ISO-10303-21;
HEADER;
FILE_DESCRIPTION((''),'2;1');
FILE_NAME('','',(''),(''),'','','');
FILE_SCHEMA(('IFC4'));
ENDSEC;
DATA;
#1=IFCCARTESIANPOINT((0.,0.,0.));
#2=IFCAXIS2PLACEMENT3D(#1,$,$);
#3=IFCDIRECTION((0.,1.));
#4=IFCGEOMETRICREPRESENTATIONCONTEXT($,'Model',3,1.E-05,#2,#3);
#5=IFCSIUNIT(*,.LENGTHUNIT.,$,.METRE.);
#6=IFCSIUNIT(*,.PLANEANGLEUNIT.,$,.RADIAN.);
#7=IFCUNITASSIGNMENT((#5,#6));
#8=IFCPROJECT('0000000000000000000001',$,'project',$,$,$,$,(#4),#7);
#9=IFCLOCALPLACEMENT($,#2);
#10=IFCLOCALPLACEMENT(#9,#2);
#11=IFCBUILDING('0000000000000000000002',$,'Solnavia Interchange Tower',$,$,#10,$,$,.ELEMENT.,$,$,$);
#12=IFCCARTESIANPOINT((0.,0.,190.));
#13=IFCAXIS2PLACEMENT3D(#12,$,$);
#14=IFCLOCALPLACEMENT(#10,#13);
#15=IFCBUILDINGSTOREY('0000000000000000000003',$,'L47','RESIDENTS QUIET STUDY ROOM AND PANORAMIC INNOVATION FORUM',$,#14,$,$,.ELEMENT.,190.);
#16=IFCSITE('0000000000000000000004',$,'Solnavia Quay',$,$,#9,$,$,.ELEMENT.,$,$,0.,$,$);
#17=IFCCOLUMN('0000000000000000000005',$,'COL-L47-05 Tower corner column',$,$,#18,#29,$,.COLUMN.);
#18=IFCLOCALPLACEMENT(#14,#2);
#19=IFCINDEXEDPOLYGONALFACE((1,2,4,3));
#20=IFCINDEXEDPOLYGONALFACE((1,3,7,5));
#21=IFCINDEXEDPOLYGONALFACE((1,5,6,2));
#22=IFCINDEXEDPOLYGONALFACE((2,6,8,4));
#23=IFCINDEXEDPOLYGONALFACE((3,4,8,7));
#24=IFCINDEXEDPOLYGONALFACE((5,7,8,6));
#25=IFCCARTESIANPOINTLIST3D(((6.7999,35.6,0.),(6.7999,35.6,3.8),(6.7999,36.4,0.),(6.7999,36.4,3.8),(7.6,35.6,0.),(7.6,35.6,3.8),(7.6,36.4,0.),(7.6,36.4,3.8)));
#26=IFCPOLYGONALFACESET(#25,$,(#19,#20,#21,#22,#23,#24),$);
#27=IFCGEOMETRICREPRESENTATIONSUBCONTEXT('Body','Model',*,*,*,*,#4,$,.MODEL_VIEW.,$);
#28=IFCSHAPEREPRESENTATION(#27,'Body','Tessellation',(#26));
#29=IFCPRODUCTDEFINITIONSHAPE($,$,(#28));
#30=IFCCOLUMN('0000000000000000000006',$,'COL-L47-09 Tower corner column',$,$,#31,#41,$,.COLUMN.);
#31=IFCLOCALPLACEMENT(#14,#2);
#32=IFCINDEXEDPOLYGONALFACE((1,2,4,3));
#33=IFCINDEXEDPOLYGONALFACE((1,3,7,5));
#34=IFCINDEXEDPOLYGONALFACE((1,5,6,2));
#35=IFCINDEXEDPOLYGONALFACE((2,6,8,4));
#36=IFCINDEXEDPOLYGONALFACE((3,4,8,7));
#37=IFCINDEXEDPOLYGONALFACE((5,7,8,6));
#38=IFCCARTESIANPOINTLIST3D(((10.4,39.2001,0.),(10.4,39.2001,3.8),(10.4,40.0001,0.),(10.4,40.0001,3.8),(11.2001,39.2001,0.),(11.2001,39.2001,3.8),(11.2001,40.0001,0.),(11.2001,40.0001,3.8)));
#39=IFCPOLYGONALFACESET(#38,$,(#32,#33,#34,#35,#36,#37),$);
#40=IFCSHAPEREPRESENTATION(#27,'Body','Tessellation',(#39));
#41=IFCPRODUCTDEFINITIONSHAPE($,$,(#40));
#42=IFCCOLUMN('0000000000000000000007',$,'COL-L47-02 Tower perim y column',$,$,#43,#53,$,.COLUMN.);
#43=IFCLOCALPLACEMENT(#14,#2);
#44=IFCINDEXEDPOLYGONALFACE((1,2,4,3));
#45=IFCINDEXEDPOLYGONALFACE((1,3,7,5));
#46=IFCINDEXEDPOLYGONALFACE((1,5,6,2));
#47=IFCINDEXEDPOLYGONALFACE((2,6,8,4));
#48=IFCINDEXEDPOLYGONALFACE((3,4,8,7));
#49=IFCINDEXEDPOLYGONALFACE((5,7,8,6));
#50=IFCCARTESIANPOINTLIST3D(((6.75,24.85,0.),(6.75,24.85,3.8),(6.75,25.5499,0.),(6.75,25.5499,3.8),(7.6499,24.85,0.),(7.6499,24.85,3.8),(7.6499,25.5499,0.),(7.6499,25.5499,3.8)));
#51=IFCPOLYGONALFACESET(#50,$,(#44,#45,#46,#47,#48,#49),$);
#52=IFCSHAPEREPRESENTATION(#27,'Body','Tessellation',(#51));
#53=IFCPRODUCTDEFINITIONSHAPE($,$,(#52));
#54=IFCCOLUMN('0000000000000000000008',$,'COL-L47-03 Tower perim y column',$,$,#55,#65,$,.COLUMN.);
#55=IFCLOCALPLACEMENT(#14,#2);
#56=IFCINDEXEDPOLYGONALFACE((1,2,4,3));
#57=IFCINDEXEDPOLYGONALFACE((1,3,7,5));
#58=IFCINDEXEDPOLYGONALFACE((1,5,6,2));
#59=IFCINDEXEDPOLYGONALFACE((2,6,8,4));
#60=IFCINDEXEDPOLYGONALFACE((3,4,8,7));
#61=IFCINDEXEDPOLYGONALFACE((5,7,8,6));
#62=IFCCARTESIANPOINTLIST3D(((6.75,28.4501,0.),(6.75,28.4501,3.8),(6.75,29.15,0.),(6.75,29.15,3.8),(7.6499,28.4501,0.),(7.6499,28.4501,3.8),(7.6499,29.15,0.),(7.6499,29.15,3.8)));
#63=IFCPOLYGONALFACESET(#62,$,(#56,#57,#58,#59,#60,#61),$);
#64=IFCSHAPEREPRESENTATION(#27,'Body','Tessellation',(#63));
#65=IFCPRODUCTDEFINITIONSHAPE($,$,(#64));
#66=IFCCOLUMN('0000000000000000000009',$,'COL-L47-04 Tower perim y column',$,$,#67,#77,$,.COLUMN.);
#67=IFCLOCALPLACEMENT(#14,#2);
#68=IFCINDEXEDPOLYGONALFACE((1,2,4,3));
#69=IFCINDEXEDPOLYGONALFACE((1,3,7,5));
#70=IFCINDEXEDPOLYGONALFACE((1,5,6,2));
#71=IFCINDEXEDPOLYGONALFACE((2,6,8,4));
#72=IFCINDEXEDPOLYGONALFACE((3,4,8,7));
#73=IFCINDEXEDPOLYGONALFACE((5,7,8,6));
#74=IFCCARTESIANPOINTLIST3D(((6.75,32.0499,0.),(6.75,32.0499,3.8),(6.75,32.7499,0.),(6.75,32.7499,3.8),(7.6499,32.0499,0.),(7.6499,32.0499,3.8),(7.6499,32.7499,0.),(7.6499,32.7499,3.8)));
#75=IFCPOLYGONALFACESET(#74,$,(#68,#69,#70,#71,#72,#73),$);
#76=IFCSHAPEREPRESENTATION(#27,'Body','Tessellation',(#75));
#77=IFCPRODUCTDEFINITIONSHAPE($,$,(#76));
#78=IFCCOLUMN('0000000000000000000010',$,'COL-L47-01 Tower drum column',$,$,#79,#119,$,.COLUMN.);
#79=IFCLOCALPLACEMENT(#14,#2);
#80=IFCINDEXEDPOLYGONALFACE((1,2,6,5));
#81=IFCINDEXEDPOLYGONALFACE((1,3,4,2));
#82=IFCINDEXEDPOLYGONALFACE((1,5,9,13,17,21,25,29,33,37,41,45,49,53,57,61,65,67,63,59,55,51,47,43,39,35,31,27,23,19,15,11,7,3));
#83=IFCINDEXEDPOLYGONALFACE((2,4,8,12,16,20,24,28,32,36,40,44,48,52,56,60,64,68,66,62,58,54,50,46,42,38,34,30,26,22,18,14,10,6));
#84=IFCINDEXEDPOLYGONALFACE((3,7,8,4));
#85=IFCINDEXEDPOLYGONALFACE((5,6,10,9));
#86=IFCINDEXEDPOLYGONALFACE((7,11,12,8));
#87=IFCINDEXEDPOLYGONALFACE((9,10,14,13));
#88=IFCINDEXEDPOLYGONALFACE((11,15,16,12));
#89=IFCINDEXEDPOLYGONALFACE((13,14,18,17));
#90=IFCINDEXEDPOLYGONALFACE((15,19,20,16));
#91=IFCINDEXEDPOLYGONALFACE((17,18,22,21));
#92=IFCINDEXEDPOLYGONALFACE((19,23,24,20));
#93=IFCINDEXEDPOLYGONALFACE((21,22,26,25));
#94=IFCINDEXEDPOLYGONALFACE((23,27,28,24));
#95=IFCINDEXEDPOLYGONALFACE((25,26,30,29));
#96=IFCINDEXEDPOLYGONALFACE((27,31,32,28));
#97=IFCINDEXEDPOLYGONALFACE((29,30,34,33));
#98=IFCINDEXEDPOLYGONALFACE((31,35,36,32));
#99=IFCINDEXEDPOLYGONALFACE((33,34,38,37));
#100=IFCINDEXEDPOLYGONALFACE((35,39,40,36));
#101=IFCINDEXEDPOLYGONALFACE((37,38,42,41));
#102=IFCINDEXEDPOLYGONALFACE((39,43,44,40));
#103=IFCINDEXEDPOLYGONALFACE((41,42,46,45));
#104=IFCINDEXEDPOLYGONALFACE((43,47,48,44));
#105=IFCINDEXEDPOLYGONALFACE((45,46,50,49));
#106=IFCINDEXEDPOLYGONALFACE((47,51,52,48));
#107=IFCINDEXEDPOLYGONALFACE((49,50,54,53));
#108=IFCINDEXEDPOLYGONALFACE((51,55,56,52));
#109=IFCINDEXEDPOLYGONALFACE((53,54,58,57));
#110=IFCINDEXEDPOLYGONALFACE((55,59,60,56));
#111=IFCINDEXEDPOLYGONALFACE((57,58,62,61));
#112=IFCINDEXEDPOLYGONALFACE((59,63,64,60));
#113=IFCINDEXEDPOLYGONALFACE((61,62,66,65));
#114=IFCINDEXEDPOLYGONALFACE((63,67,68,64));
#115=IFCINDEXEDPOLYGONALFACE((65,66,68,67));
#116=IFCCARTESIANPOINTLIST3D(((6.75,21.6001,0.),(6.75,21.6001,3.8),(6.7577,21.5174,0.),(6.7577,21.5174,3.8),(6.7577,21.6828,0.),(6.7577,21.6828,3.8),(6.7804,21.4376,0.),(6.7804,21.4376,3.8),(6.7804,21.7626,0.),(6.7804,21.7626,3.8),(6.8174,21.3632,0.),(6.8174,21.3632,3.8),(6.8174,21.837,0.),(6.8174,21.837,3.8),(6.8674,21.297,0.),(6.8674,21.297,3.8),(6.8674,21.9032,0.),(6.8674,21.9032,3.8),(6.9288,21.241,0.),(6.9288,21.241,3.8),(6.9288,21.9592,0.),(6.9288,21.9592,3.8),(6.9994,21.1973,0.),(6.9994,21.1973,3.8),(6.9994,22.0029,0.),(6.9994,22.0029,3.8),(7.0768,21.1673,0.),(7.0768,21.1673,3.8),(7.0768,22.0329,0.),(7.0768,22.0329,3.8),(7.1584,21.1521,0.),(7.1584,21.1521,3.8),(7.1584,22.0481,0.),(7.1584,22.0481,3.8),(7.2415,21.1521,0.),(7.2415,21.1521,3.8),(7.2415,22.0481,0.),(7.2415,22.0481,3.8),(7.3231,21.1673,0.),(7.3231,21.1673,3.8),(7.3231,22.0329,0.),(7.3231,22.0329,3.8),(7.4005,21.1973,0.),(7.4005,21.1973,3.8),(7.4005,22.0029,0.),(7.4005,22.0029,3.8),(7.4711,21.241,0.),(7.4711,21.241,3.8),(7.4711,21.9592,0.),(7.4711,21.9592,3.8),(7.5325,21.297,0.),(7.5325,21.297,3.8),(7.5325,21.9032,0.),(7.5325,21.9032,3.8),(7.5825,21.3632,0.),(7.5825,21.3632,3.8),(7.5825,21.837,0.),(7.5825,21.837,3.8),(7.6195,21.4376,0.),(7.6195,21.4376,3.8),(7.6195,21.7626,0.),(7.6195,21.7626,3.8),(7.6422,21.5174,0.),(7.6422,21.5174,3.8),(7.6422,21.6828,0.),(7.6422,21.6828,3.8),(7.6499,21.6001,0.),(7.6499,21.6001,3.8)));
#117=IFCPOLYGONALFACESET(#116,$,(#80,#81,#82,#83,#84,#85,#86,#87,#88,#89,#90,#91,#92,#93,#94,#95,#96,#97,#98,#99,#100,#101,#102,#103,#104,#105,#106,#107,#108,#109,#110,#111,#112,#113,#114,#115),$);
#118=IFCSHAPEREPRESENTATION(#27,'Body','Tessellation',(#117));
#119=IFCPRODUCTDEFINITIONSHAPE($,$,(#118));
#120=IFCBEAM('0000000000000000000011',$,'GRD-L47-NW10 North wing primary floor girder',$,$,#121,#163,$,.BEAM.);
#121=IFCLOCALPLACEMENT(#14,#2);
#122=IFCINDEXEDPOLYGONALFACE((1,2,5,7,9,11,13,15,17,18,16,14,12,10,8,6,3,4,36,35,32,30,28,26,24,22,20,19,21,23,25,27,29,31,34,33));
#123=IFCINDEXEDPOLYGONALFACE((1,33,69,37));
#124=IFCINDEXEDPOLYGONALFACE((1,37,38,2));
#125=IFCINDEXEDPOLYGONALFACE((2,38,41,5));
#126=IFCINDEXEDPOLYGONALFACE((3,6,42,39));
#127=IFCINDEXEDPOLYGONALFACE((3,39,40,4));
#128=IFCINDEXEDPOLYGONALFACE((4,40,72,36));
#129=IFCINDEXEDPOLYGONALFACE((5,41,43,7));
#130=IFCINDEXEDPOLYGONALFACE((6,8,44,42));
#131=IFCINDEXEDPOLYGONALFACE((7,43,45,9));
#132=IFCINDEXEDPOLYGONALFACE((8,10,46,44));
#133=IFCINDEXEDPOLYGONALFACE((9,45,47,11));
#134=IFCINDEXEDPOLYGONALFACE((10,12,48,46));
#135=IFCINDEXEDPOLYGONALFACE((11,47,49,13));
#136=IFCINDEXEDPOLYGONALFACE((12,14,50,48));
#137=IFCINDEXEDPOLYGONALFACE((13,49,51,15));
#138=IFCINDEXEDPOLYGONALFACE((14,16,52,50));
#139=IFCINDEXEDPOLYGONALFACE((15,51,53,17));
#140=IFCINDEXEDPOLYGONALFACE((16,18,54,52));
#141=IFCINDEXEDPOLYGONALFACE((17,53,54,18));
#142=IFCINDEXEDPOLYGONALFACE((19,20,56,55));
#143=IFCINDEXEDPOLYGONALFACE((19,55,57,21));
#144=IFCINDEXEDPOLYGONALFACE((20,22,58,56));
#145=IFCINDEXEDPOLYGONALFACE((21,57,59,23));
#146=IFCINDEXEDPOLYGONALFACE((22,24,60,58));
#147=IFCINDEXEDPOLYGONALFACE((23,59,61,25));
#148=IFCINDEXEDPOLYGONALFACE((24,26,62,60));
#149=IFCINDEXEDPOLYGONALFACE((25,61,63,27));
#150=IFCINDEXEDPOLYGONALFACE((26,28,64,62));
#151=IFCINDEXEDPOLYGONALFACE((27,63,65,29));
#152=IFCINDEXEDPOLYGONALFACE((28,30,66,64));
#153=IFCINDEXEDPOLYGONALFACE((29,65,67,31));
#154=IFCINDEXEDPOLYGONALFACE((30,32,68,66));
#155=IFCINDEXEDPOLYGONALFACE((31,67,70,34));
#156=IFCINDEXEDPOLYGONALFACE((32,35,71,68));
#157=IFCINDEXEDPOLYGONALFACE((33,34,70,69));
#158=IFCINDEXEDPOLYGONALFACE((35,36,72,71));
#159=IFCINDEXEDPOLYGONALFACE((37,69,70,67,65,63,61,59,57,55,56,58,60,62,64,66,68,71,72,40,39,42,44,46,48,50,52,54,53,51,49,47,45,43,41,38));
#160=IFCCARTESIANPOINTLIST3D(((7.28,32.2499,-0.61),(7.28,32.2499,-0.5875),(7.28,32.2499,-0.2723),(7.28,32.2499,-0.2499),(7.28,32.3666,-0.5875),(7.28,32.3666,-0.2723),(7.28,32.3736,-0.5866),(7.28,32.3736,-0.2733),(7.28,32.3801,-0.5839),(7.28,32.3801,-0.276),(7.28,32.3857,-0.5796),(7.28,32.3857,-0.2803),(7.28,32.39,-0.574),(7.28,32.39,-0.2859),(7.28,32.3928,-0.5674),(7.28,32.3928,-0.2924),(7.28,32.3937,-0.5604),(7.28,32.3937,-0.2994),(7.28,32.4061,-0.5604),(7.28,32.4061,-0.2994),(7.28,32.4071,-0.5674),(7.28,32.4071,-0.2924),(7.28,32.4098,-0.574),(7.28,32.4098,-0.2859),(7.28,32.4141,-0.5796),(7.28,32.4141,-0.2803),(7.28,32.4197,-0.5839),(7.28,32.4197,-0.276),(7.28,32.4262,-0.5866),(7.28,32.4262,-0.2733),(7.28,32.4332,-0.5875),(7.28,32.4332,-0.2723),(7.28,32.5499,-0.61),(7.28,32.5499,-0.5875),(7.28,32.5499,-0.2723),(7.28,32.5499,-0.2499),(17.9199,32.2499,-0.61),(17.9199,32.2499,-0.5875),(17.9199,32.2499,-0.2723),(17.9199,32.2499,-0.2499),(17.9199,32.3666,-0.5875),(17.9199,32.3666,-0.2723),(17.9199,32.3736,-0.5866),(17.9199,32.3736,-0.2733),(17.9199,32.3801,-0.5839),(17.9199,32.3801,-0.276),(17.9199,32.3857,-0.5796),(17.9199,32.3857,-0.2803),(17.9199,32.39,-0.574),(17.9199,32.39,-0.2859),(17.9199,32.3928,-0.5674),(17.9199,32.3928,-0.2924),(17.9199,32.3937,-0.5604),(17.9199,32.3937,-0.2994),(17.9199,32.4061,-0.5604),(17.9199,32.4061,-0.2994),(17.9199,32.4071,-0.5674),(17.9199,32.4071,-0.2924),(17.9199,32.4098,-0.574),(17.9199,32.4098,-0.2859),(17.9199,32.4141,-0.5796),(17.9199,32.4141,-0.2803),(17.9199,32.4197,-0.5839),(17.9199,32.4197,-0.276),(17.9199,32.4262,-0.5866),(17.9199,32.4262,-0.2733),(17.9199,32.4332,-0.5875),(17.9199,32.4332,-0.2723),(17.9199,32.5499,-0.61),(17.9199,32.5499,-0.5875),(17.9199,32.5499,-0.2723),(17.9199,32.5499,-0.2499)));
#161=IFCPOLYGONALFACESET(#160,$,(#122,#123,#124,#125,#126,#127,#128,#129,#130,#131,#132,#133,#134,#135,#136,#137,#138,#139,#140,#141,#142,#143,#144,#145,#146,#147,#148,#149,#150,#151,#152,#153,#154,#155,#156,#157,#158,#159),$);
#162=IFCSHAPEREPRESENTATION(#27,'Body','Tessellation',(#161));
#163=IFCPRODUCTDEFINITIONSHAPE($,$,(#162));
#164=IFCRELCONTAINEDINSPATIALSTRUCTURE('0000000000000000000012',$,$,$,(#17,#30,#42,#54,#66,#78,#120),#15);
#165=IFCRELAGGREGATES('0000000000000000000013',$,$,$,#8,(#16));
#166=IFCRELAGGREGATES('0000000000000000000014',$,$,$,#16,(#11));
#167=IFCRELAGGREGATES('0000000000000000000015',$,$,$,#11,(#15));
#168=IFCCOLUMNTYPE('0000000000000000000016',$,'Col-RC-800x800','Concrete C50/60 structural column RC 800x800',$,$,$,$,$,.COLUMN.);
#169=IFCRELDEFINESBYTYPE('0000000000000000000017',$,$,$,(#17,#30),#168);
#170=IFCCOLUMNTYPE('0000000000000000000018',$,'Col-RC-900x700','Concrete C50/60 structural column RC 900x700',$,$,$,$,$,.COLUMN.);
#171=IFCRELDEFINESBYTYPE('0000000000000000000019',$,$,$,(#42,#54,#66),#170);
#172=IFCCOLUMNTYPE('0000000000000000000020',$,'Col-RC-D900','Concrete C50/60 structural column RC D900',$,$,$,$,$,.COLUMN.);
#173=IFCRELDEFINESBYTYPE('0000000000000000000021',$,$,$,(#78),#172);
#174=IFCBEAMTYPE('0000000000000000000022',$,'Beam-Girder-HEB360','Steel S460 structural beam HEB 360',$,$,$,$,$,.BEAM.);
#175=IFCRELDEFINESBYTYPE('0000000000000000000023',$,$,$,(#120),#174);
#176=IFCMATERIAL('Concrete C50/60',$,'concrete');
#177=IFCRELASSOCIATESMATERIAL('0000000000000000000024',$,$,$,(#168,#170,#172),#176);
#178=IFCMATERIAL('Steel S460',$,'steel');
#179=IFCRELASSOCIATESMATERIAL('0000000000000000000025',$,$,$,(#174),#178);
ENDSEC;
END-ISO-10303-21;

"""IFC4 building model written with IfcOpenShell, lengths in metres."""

from ifc_helpers import new_model, si_unit, direction, frame, origin, origin_2d, place, context, subcontext, project, spatial, rectangle, circle, i_section, extrude, material, material_profile, profile_set, type_object, element, save


model = new_model("IFC4")

# Units and contexts
model_context = context("Model", 3, precision=1e-05, world=origin(), true_north=direction((0.0, 1.0)))
body_context = subcontext(model_context, "Body", "Model", "MODEL_VIEW")
ifc_project = project(units=[si_unit("LENGTHUNIT", "METRE"), si_unit("PLANEANGLEUNIT", "RADIAN")], contexts=[model_context])

# Site, building, storey
site_placement = place(None, origin())
site = spatial("IfcSite", under=ifc_project, at=site_placement, Name="Solnavia Quay", CompositionType="ELEMENT", RefElevation=0.0)
building_placement = place(site_placement, origin())
building = spatial("IfcBuilding", under=site, at=building_placement, Name="Solnavia Interchange Tower", CompositionType="ELEMENT")
storey_placement = place(building_placement, frame((0.0, 0.0, 190.0)))
storey = spatial("IfcBuildingStorey", under=building, at=storey_placement, Name="L47", Description="RESIDENTS QUIET STUDY ROOM AND PANORAMIC INNOVATION FORUM", CompositionType="ELEMENT", Elevation=190.0)

# Columns
ifc_material_1 = material(Name="Concrete C50/60", Category="concrete")
ifc_material_profile_1 = material_profile(ifc_material_1, rectangle(XDim=0.8, YDim=0.8, at=origin_2d()), Name="RC 800x800")
ifc_profile_set_1 = profile_set([ifc_material_profile_1], Name="Concrete C50/60")
column_type_1 = type_object("IfcColumnType", Name="Col-RC-800x800", Description="Concrete C50/60 structural column RC 800x800", PredefinedType="COLUMN", material=ifc_profile_set_1)
for number, where, z_axis, x_axis, name in (
    (1, (7.2, 36.0, 0.0), (0.0, 0.0, 1.0), (0.0, 1.0, 0.0), "COL-L47-05 Tower corner column"),
    (2, (10.8, 39.6001, 0.0), (0.0, 0.0, 1.0), (1.0, 0.0, 0.0), "COL-L47-09 Tower corner column"),
):
    element("IfcColumn", number, at=place(storey_placement, frame(where, z_axis=z_axis, x_axis=x_axis)), inside=storey, type_object=column_type_1, Name=name, PredefinedType="COLUMN", context=body_context, shape_type="SweptSolid", body=[
        extrude(rectangle(XDim=0.8, YDim=0.8, at=origin_2d()), origin(), (0.0, 0.0, 1.0), 3.8),
    ])
ifc_material_profile_2 = material_profile(ifc_material_1, rectangle(XDim=0.7, YDim=0.8999, at=origin_2d()), Name="RC 900x700")
ifc_profile_set_2 = profile_set([ifc_material_profile_2], Name="Concrete C50/60")
column_type_2 = type_object("IfcColumnType", Name="Col-RC-900x700", Description="Concrete C50/60 structural column RC 900x700", PredefinedType="COLUMN", material=ifc_profile_set_2)
for number, where, z_axis, x_axis, name in (
    (3, (7.2, 25.2, 0.0), (0.0, 0.0, 1.0), (0.0, 1.0, 0.0), "COL-L47-02 Tower perim y column"),
    (4, (7.2, 28.8, 0.0), (0.0, 0.0, 1.0), (0.0, 1.0, 0.0), "COL-L47-03 Tower perim y column"),
    (5, (7.2, 32.3999, 0.0), (0.0, 0.0, 1.0), (0.0, 1.0, 0.0), "COL-L47-04 Tower perim y column"),
):
    element("IfcColumn", number, at=place(storey_placement, frame(where, z_axis=z_axis, x_axis=x_axis)), inside=storey, type_object=column_type_2, Name=name, PredefinedType="COLUMN", context=body_context, shape_type="SweptSolid", body=[
        extrude(rectangle(XDim=0.7, YDim=0.8999, at=origin_2d()), origin(), (0.0, 0.0, 1.0), 3.8),
    ])
ifc_material_profile_3 = material_profile(ifc_material_1, circle(Radius=0.45, at=origin_2d()), Name="RC D900")
ifc_profile_set_3 = profile_set([ifc_material_profile_3], Name="Concrete C50/60")
column_type_3 = type_object("IfcColumnType", Name="Col-RC-D900", Description="Concrete C50/60 structural column RC D900", PredefinedType="COLUMN", material=ifc_profile_set_3)
column_placement = place(storey_placement, frame((7.2, 21.6001, 0.0), z_axis=(0.0, 0.0, 1.0), x_axis=(1.0, 0.0, 0.0)))
element("IfcColumn", 6, at=column_placement, inside=storey, type_object=column_type_3, Name="COL-L47-01 Tower drum column", PredefinedType="COLUMN", context=body_context, shape_type="SweptSolid", body=[
    extrude(circle(Radius=0.45, at=origin_2d()), origin(), (0.0, 0.0, 1.0), 3.8),
])

# Beam
ifc_material_2 = material(Name="Steel S460", Category="steel")
ifc_material_profile_4 = material_profile(ifc_material_2, i_section(OverallWidth=0.3, OverallDepth=0.3601, WebThickness=0.0125, FlangeThickness=0.0225, FilletRadius=0.0271, at=origin_2d()), Name="HEB 360")
ifc_profile_set_4 = profile_set([ifc_material_profile_4], Name="Steel S460")
beam_type_1 = type_object("IfcBeamType", Name="Beam-Girder-HEB360", Description="Steel S460 structural beam HEB 360", PredefinedType="BEAM", material=ifc_profile_set_4)
beam_1_placement = place(storey_placement, frame((7.28, 32.3999, -0.4299), z_axis=(1.0, 0.0, 0.0), x_axis=(0.0, 1.0, 0.0)))
element("IfcBeam", 7, at=beam_1_placement, inside=storey, type_object=beam_type_1, Name="GRD-L47-NW10 North wing primary floor girder", PredefinedType="BEAM", context=body_context, shape_type="SweptSolid", body=[
    extrude(i_section(OverallWidth=0.3, OverallDepth=0.3601, WebThickness=0.0125, FlangeThickness=0.0225, FilletRadius=0.0271, at=origin_2d()), origin(), (0.0, 0.0, 1.0), 10.6399),
])

save(model, "model.ifc")
